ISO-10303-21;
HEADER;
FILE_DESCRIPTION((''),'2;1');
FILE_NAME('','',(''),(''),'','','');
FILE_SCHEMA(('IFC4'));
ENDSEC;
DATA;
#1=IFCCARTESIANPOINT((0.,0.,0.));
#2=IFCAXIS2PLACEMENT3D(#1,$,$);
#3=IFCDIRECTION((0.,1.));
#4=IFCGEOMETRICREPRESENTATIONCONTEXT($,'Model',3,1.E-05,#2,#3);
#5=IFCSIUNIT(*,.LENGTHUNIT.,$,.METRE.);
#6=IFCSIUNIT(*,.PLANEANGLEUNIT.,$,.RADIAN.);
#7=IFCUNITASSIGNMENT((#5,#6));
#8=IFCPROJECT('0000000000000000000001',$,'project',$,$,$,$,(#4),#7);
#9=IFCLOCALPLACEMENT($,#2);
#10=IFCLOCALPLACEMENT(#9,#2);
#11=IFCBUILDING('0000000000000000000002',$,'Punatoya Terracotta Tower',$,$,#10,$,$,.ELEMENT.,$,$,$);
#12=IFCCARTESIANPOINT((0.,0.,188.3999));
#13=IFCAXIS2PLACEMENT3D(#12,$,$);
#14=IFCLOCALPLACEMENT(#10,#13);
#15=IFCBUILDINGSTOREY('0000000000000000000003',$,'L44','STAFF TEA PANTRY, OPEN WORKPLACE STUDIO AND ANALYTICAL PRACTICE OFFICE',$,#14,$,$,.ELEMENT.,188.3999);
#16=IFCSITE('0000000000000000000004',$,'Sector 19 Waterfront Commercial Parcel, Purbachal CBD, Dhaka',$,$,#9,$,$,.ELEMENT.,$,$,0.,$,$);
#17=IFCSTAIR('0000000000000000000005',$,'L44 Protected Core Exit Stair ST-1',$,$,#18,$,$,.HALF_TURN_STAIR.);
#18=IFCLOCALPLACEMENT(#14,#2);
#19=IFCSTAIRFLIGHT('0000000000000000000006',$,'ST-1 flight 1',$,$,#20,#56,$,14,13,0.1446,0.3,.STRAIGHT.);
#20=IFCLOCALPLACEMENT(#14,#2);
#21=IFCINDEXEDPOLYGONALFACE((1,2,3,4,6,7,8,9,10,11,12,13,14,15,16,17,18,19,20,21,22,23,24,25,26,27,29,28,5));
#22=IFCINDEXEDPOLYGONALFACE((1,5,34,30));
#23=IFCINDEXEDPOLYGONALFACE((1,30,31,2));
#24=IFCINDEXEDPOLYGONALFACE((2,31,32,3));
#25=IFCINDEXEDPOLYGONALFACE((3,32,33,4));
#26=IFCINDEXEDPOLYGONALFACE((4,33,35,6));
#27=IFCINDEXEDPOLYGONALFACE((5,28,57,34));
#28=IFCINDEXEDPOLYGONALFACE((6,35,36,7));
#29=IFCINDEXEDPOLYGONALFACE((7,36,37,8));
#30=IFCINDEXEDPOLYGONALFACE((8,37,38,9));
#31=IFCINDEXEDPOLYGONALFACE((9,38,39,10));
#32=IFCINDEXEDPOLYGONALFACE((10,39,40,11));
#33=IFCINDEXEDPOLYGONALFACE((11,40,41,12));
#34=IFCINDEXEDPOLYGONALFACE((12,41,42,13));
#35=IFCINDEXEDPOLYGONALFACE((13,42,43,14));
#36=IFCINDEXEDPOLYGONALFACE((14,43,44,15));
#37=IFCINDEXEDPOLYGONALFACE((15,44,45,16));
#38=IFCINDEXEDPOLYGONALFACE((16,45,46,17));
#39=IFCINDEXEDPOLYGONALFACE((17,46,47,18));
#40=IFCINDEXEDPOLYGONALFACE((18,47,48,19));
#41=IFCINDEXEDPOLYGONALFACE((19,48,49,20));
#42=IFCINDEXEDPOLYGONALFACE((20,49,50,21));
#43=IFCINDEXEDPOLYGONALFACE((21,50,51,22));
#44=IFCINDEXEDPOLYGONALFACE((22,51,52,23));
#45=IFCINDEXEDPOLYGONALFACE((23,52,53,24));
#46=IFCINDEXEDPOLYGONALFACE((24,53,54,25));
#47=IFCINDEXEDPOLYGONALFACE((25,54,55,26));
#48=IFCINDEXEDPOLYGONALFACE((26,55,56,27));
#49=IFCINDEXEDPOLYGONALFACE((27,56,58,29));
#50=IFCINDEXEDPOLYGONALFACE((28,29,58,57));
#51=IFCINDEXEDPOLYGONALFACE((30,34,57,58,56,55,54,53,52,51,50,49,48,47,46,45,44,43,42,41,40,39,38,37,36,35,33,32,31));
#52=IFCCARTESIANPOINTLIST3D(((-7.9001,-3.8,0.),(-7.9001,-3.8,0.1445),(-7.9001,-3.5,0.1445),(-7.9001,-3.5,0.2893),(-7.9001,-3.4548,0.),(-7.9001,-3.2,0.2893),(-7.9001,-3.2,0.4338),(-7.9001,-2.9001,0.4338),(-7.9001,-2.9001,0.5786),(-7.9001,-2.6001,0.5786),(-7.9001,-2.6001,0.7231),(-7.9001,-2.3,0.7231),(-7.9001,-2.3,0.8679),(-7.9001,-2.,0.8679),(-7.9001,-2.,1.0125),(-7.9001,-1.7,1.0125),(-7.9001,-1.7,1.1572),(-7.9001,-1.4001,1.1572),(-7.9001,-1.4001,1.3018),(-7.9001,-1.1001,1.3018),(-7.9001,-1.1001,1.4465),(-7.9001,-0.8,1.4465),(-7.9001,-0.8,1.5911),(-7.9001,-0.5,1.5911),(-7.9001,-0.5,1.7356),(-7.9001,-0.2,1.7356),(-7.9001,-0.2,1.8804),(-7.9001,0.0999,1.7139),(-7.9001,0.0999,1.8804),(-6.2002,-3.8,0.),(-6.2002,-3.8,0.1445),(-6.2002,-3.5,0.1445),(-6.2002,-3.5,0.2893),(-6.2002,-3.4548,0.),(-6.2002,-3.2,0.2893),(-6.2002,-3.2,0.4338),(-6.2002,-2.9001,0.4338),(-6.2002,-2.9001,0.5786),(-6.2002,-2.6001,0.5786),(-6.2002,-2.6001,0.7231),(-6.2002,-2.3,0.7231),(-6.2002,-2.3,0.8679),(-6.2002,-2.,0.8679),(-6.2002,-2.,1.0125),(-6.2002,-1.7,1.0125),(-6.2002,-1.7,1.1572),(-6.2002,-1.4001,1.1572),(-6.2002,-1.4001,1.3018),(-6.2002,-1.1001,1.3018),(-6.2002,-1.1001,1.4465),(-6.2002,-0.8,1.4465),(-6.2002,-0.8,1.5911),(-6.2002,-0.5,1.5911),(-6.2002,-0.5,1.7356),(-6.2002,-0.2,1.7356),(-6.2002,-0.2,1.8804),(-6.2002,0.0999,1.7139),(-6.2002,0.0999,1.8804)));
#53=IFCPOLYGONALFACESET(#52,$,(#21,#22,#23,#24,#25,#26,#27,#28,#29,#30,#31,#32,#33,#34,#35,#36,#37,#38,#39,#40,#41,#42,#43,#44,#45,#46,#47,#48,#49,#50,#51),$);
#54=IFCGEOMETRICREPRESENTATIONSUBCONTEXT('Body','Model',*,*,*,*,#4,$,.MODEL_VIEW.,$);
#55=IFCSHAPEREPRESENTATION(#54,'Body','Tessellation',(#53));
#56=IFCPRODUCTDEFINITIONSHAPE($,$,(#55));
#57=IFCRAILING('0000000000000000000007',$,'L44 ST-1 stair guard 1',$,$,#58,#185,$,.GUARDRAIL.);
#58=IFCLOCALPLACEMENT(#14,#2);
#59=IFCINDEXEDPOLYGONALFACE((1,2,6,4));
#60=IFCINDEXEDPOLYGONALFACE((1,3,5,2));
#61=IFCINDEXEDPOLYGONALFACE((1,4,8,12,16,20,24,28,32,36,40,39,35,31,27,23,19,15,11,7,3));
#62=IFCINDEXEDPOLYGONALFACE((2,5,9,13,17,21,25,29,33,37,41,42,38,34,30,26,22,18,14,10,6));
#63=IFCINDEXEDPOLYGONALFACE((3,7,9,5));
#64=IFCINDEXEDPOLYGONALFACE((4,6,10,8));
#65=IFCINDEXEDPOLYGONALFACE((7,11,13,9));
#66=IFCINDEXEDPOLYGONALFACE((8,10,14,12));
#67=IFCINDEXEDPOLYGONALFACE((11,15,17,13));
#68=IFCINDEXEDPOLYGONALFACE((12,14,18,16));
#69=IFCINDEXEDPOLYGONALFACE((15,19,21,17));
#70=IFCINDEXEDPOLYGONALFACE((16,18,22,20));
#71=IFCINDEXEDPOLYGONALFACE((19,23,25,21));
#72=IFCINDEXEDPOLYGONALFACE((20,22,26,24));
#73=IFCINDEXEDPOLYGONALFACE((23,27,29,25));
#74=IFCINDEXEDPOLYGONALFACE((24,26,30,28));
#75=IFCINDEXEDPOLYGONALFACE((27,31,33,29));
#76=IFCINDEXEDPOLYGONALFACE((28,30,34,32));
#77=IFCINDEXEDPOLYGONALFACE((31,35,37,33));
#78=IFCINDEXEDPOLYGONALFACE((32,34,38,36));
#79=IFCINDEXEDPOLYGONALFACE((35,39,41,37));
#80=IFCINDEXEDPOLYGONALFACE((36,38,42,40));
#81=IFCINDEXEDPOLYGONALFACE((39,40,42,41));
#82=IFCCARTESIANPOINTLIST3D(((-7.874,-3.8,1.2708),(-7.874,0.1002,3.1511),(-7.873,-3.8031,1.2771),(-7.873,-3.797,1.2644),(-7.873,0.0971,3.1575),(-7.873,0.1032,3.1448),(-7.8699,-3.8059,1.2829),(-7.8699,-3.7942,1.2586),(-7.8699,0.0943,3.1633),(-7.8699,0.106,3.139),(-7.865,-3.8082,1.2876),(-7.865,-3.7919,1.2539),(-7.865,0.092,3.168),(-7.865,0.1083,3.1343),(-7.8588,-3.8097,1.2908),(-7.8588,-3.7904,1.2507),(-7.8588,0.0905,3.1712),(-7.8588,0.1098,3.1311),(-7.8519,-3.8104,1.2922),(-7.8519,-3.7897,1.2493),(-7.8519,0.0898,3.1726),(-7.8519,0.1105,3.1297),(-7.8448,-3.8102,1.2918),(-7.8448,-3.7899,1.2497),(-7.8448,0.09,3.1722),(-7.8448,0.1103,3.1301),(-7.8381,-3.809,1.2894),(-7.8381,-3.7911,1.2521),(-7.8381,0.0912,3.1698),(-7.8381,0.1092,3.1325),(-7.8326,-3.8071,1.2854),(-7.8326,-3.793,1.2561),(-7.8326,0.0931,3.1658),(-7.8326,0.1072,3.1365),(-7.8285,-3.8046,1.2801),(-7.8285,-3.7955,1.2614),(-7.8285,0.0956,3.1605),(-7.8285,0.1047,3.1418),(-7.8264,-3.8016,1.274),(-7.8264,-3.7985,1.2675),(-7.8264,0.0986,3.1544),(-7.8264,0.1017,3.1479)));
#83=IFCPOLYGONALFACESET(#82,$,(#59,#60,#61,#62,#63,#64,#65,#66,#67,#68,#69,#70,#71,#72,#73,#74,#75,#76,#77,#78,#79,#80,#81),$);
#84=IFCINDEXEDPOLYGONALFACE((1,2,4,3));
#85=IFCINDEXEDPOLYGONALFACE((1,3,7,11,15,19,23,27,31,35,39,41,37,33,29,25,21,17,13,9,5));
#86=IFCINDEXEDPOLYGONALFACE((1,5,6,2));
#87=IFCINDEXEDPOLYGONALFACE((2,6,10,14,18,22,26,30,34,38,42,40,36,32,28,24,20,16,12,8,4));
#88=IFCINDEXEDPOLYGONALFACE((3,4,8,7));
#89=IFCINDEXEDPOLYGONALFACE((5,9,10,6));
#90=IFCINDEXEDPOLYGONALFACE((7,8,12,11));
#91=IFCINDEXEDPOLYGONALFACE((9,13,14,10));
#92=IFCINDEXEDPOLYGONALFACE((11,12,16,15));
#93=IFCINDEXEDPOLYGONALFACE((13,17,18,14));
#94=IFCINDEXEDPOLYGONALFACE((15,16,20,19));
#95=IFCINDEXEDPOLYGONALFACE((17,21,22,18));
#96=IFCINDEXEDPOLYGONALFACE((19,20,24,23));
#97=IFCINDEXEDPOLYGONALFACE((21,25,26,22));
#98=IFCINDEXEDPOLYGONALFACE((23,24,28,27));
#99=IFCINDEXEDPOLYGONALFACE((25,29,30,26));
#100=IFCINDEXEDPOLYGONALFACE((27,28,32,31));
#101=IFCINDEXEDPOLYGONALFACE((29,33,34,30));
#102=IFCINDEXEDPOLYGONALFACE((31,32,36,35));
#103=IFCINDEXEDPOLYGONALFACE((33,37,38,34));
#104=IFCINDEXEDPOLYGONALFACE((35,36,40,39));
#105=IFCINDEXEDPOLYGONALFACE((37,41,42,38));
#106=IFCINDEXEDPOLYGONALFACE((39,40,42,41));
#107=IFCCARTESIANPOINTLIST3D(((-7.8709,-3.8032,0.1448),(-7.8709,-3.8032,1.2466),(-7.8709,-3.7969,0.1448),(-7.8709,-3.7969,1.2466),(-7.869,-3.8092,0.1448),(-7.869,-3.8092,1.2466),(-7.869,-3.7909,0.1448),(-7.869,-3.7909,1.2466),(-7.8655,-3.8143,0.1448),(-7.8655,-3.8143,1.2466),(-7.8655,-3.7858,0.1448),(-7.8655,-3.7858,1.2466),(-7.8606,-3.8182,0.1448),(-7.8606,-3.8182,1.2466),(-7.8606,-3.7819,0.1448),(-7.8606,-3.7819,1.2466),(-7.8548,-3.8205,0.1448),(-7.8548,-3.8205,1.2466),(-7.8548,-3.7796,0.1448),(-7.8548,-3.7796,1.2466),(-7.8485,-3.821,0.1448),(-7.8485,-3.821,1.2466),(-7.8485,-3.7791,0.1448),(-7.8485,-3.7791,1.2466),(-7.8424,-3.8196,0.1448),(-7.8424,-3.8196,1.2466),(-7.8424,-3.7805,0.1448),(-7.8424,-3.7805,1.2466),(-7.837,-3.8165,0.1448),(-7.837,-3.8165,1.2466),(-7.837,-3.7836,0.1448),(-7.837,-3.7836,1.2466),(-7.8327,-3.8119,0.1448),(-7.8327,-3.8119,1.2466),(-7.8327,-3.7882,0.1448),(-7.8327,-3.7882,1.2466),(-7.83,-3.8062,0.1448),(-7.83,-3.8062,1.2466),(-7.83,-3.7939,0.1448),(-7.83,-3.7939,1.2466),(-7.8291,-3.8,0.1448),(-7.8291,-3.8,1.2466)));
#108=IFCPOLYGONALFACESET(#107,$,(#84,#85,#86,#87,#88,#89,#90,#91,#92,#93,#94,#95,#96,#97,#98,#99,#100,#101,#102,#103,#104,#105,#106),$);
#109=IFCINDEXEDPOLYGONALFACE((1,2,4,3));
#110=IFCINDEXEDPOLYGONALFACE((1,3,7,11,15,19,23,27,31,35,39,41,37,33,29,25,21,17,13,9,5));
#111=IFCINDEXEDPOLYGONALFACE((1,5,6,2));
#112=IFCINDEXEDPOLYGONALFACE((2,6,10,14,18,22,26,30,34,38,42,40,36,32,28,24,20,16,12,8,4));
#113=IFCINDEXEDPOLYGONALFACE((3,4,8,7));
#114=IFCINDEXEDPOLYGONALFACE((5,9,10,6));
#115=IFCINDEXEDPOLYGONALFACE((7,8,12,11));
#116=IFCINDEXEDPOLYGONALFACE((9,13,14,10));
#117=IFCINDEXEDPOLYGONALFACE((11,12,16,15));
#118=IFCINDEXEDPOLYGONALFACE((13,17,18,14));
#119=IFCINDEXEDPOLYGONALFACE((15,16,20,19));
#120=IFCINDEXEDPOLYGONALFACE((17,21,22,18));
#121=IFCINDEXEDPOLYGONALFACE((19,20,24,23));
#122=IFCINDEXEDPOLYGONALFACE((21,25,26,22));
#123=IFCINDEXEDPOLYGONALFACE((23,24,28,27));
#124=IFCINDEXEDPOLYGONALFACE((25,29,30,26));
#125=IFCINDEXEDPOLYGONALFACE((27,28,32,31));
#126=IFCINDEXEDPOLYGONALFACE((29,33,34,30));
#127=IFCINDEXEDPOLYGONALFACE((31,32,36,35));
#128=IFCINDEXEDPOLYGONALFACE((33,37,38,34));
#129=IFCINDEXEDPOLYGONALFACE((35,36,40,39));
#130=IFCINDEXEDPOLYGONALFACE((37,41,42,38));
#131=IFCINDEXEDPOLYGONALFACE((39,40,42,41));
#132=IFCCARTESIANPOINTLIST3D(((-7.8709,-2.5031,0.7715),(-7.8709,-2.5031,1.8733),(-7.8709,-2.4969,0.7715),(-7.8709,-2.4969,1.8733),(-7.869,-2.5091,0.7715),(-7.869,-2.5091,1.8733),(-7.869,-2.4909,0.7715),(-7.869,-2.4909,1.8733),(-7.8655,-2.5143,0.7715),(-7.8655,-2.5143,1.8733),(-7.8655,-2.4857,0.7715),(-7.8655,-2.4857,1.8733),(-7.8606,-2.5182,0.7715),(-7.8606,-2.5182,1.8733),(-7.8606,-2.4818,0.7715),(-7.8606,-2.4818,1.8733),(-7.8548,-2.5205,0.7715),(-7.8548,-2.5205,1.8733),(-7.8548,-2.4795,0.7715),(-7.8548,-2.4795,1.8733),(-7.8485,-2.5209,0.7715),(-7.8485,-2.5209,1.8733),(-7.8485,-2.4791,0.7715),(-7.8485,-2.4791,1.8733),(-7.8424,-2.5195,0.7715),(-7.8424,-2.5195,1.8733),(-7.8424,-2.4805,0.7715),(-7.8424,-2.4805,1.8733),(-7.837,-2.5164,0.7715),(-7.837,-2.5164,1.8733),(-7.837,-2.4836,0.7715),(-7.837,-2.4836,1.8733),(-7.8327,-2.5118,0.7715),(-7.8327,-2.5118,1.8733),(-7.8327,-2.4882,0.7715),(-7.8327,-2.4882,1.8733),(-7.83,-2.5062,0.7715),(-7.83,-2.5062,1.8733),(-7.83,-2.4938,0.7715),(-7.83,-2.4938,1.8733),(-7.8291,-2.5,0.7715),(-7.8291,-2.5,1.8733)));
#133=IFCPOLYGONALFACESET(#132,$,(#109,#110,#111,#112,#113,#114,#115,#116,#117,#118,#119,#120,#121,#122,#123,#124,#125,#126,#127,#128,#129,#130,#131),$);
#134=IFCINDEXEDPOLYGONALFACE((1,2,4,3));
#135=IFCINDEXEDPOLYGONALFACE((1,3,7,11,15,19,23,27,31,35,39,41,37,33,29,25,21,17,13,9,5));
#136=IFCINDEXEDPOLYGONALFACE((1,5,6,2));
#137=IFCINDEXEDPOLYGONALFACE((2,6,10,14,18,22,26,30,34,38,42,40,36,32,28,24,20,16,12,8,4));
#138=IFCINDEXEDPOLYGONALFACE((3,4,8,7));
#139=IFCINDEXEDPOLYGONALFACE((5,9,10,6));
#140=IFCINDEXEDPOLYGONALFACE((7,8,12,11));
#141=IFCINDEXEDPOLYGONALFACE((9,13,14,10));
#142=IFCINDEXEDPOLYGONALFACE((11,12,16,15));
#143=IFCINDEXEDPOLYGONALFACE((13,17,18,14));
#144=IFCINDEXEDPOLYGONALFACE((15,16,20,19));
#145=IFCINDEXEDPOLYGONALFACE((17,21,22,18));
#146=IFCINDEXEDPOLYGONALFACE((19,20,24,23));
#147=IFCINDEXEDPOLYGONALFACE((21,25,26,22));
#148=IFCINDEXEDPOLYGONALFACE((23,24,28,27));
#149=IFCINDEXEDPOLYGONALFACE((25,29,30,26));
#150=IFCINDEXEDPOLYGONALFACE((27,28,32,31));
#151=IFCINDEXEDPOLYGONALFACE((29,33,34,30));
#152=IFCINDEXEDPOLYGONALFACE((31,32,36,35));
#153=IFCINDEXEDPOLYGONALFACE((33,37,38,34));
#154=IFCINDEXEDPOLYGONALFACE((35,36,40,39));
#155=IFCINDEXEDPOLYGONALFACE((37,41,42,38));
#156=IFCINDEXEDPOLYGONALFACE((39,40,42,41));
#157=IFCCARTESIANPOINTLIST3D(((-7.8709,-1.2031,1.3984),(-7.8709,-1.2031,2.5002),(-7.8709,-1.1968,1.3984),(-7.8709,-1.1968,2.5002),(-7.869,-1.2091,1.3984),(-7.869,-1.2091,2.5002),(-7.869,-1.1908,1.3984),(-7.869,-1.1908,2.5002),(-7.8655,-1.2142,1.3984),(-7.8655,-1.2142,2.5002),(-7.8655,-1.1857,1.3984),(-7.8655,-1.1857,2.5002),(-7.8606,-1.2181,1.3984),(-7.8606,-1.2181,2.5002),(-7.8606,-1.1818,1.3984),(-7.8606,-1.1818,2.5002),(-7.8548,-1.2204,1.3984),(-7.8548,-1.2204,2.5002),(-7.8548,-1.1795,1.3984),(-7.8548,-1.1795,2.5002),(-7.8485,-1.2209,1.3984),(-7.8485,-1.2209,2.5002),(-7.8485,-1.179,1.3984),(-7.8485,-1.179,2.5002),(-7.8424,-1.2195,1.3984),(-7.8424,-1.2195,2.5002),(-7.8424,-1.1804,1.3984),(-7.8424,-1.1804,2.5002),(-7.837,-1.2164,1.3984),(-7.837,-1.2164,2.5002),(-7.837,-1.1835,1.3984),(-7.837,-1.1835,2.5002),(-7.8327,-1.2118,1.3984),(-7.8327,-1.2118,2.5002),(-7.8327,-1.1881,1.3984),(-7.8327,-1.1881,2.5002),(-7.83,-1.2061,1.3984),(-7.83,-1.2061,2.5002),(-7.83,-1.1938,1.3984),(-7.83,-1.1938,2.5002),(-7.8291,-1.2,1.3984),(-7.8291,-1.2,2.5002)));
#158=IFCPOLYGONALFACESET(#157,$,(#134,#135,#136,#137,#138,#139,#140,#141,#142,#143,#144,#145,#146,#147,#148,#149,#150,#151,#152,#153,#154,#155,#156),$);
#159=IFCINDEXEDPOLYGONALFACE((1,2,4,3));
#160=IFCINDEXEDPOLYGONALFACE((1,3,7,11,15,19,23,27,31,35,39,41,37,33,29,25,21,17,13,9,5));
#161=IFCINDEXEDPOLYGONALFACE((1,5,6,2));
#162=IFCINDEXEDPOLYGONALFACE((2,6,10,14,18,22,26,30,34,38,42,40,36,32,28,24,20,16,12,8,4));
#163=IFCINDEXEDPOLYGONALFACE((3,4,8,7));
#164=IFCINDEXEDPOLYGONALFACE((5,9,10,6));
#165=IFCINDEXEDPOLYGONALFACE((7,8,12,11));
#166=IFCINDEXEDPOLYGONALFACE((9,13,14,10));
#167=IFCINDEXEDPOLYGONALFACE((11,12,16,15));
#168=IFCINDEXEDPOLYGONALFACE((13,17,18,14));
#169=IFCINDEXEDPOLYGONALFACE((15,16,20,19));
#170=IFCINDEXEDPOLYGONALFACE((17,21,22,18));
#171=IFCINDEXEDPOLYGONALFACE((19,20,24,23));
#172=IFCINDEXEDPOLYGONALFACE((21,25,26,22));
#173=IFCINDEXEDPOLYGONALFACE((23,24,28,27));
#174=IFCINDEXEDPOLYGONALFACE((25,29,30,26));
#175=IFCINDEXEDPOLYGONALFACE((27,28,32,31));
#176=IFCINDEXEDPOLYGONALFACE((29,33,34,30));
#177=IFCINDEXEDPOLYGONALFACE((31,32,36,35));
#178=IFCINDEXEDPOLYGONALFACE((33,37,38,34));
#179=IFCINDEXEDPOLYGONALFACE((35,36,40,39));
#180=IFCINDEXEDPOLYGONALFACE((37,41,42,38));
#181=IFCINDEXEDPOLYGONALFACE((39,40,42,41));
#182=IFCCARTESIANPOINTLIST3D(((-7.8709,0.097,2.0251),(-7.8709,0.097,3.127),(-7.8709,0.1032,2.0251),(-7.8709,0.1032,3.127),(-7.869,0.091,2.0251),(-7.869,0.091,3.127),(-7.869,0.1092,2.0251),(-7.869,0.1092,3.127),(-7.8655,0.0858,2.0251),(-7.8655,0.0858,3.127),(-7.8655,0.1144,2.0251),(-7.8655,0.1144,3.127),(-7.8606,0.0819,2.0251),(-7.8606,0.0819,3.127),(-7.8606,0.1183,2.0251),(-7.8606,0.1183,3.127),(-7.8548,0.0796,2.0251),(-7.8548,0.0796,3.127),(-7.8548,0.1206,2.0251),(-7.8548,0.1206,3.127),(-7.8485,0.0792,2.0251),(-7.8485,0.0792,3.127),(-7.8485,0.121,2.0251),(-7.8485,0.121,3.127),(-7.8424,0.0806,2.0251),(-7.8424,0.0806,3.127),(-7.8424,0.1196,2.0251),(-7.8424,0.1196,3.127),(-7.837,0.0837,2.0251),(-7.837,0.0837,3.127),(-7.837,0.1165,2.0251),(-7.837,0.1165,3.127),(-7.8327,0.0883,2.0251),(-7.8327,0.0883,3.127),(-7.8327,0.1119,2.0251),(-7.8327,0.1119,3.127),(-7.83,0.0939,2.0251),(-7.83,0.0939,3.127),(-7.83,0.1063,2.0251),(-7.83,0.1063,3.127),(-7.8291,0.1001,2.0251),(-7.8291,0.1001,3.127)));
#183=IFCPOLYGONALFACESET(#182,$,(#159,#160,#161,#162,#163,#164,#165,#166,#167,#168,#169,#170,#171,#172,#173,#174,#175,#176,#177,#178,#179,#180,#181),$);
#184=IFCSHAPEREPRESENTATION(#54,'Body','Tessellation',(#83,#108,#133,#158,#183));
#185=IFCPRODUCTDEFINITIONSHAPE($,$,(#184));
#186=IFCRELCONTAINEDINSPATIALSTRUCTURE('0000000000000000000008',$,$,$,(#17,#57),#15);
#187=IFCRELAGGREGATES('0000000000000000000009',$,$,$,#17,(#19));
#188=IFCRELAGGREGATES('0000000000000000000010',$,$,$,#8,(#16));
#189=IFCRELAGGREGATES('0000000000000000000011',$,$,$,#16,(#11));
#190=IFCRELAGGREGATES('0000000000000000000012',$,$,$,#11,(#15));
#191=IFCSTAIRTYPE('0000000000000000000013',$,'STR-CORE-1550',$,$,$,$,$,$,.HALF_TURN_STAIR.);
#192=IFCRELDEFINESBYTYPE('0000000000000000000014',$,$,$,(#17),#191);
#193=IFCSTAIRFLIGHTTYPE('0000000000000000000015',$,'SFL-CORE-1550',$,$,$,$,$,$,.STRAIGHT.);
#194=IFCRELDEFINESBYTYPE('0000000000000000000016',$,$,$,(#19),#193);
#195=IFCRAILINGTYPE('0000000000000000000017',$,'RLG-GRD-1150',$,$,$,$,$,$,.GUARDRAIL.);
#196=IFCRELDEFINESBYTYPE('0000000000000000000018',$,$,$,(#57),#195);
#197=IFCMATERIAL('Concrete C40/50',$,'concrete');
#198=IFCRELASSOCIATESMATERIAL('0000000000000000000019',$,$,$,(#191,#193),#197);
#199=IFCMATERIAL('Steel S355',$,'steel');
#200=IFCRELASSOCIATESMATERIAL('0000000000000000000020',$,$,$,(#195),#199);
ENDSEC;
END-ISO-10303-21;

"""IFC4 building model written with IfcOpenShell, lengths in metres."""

from ifc_helpers import new_model, si_unit, direction, frame, origin, origin_2d, place, context, subcontext, project, spatial, polyline, circle, outline, extrude, material, type_object, element, aggregate, save


model = new_model("IFC4")

# Units and contexts
model_context = context("Model", 3, precision=1e-05, world=origin(), true_north=direction((0.0, 1.0)))
body_context = subcontext(model_context, "Body", "Model", "MODEL_VIEW")
ifc_project = project(units=[si_unit("LENGTHUNIT", "METRE"), si_unit("PLANEANGLEUNIT", "RADIAN")], contexts=[model_context])

# Site, building, storey
site_placement = place(None, origin())
site = spatial("IfcSite", under=ifc_project, at=site_placement, Name="Sector 19 Waterfront Commercial Parcel, Purbachal CBD, Dhaka", CompositionType="ELEMENT", RefElevation=0.0)
building_placement = place(site_placement, origin())
building = spatial("IfcBuilding", under=site, at=building_placement, Name="Punatoya Terracotta Tower", CompositionType="ELEMENT")
storey_placement = place(building_placement, frame((0.0, 0.0, 188.3999)))
storey = spatial("IfcBuildingStorey", under=building, at=storey_placement, Name="L44", Description="STAFF TEA PANTRY, OPEN WORKPLACE STUDIO AND ANALYTICAL PRACTICE OFFICE", CompositionType="ELEMENT", Elevation=188.3999)

# Shared definitions
ifc_material_1 = material(Name="Steel S355", Category="steel")

# Shared definitions
ifc_material_2 = material(Name="Concrete C40/50", Category="concrete")

# Stair, stair flight
stair_type = type_object("IfcStairType", Name="STR-CORE-1550", PredefinedType="HALF_TURN_STAIR", material=ifc_material_2)
stair_placement = place(storey_placement, origin())
stair = element("IfcStair", 1, at=stair_placement, inside=storey, type_object=stair_type, Name="L44 Protected Core Exit Stair ST-1", PredefinedType="HALF_TURN_STAIR")
stair_flight_type = type_object("IfcStairFlightType", Name="SFL-CORE-1550", PredefinedType="STRAIGHT", material=ifc_material_2)
stair_flight_placement = place(storey_placement, frame((-7.05, -3.8, 0.0), z_axis=(0.0, 0.0, 1.0), x_axis=(0.0, 1.0, 0.0)))
stair_flight = element("IfcStairFlight", 2, at=stair_flight_placement, type_object=stair_flight_type, Name="ST-1 flight 1", NumberOfRisers=14, NumberOfTreads=13, PredefinedType="STRAIGHT", RiserHeight=0.1446, TreadLength=0.3, context=body_context, shape_type="SweptSolid", body=[
    extrude(outline(polyline([(0.0, 0.0), (0.0, 0.1445), (0.3, 0.1445), (0.3, 0.2893), (0.6001, 0.2893), (0.6001, 0.4338), (0.8999, 0.4338), (0.8999, 0.5786), (1.2, 0.5786), (1.2, 0.7231), (1.5, 0.7231), (1.5, 0.8679), (1.8, 0.8679), (1.8, 1.0125), (2.1001, 1.0125), (2.1001, 1.1572), (2.3999, 1.1572), (2.3999, 1.3018), (2.7, 1.3018), (2.7, 1.4465), (3.0, 1.4465), (3.0, 1.5911), (3.3, 1.5911), (3.3, 1.7356), (3.6001, 1.7356), (3.6001, 1.8804), (3.8999, 1.8804), (3.8999, 2.0249), (3.8999, 1.7139), (0.3452, 0.0), (0.0, 0.0)])), frame((0.0, 0.8501, 0.0), z_axis=(0.0, -1.0, 0.0), x_axis=(1.0, 0.0, 0.0)), (0.0, 0.0, 1.0), 1.7),
])
aggregate(stair, [stair_flight])

# Railing
railing_type_1 = type_object("IfcRailingType", Name="RLG-GRD-1150", PredefinedType="GUARDRAIL", material=ifc_material_1)
railing_1_placement = place(storey_placement, frame((-7.8501, -3.8, 0.1448)))
element("IfcRailing", 3, at=railing_1_placement, inside=storey, type_object=railing_type_1, Name="L44 ST-1 stair guard 1", PredefinedType="GUARDRAIL", context=body_context, shape_type="SweptSolid", body=[
    extrude(circle(Radius=0.0239, at=origin_2d()), frame((0.0, 0.0, 1.126), z_axis=(0.0, 0.900774, 0.434289), x_axis=(-1.0, 0.0, 0.0)), (0.0, 0.0, 1.0), 4.3298),
    extrude(circle(Radius=0.021, at=origin_2d()), origin(), (0.0, 0.0, 1.0), 1.1018),
    extrude(circle(Radius=0.021, at=origin_2d()), frame((0.0, 1.3, 0.6267)), (0.0, 0.0, 1.0), 1.1018),
    extrude(circle(Radius=0.021, at=origin_2d()), frame((0.0, 2.6001, 1.2537)), (0.0, 0.0, 1.0), 1.1018),
    extrude(circle(Radius=0.021, at=origin_2d()), frame((0.0, 3.9001, 1.8804)), (0.0, 0.0, 1.0), 1.1018),
])

save(model, "model.ifc")
